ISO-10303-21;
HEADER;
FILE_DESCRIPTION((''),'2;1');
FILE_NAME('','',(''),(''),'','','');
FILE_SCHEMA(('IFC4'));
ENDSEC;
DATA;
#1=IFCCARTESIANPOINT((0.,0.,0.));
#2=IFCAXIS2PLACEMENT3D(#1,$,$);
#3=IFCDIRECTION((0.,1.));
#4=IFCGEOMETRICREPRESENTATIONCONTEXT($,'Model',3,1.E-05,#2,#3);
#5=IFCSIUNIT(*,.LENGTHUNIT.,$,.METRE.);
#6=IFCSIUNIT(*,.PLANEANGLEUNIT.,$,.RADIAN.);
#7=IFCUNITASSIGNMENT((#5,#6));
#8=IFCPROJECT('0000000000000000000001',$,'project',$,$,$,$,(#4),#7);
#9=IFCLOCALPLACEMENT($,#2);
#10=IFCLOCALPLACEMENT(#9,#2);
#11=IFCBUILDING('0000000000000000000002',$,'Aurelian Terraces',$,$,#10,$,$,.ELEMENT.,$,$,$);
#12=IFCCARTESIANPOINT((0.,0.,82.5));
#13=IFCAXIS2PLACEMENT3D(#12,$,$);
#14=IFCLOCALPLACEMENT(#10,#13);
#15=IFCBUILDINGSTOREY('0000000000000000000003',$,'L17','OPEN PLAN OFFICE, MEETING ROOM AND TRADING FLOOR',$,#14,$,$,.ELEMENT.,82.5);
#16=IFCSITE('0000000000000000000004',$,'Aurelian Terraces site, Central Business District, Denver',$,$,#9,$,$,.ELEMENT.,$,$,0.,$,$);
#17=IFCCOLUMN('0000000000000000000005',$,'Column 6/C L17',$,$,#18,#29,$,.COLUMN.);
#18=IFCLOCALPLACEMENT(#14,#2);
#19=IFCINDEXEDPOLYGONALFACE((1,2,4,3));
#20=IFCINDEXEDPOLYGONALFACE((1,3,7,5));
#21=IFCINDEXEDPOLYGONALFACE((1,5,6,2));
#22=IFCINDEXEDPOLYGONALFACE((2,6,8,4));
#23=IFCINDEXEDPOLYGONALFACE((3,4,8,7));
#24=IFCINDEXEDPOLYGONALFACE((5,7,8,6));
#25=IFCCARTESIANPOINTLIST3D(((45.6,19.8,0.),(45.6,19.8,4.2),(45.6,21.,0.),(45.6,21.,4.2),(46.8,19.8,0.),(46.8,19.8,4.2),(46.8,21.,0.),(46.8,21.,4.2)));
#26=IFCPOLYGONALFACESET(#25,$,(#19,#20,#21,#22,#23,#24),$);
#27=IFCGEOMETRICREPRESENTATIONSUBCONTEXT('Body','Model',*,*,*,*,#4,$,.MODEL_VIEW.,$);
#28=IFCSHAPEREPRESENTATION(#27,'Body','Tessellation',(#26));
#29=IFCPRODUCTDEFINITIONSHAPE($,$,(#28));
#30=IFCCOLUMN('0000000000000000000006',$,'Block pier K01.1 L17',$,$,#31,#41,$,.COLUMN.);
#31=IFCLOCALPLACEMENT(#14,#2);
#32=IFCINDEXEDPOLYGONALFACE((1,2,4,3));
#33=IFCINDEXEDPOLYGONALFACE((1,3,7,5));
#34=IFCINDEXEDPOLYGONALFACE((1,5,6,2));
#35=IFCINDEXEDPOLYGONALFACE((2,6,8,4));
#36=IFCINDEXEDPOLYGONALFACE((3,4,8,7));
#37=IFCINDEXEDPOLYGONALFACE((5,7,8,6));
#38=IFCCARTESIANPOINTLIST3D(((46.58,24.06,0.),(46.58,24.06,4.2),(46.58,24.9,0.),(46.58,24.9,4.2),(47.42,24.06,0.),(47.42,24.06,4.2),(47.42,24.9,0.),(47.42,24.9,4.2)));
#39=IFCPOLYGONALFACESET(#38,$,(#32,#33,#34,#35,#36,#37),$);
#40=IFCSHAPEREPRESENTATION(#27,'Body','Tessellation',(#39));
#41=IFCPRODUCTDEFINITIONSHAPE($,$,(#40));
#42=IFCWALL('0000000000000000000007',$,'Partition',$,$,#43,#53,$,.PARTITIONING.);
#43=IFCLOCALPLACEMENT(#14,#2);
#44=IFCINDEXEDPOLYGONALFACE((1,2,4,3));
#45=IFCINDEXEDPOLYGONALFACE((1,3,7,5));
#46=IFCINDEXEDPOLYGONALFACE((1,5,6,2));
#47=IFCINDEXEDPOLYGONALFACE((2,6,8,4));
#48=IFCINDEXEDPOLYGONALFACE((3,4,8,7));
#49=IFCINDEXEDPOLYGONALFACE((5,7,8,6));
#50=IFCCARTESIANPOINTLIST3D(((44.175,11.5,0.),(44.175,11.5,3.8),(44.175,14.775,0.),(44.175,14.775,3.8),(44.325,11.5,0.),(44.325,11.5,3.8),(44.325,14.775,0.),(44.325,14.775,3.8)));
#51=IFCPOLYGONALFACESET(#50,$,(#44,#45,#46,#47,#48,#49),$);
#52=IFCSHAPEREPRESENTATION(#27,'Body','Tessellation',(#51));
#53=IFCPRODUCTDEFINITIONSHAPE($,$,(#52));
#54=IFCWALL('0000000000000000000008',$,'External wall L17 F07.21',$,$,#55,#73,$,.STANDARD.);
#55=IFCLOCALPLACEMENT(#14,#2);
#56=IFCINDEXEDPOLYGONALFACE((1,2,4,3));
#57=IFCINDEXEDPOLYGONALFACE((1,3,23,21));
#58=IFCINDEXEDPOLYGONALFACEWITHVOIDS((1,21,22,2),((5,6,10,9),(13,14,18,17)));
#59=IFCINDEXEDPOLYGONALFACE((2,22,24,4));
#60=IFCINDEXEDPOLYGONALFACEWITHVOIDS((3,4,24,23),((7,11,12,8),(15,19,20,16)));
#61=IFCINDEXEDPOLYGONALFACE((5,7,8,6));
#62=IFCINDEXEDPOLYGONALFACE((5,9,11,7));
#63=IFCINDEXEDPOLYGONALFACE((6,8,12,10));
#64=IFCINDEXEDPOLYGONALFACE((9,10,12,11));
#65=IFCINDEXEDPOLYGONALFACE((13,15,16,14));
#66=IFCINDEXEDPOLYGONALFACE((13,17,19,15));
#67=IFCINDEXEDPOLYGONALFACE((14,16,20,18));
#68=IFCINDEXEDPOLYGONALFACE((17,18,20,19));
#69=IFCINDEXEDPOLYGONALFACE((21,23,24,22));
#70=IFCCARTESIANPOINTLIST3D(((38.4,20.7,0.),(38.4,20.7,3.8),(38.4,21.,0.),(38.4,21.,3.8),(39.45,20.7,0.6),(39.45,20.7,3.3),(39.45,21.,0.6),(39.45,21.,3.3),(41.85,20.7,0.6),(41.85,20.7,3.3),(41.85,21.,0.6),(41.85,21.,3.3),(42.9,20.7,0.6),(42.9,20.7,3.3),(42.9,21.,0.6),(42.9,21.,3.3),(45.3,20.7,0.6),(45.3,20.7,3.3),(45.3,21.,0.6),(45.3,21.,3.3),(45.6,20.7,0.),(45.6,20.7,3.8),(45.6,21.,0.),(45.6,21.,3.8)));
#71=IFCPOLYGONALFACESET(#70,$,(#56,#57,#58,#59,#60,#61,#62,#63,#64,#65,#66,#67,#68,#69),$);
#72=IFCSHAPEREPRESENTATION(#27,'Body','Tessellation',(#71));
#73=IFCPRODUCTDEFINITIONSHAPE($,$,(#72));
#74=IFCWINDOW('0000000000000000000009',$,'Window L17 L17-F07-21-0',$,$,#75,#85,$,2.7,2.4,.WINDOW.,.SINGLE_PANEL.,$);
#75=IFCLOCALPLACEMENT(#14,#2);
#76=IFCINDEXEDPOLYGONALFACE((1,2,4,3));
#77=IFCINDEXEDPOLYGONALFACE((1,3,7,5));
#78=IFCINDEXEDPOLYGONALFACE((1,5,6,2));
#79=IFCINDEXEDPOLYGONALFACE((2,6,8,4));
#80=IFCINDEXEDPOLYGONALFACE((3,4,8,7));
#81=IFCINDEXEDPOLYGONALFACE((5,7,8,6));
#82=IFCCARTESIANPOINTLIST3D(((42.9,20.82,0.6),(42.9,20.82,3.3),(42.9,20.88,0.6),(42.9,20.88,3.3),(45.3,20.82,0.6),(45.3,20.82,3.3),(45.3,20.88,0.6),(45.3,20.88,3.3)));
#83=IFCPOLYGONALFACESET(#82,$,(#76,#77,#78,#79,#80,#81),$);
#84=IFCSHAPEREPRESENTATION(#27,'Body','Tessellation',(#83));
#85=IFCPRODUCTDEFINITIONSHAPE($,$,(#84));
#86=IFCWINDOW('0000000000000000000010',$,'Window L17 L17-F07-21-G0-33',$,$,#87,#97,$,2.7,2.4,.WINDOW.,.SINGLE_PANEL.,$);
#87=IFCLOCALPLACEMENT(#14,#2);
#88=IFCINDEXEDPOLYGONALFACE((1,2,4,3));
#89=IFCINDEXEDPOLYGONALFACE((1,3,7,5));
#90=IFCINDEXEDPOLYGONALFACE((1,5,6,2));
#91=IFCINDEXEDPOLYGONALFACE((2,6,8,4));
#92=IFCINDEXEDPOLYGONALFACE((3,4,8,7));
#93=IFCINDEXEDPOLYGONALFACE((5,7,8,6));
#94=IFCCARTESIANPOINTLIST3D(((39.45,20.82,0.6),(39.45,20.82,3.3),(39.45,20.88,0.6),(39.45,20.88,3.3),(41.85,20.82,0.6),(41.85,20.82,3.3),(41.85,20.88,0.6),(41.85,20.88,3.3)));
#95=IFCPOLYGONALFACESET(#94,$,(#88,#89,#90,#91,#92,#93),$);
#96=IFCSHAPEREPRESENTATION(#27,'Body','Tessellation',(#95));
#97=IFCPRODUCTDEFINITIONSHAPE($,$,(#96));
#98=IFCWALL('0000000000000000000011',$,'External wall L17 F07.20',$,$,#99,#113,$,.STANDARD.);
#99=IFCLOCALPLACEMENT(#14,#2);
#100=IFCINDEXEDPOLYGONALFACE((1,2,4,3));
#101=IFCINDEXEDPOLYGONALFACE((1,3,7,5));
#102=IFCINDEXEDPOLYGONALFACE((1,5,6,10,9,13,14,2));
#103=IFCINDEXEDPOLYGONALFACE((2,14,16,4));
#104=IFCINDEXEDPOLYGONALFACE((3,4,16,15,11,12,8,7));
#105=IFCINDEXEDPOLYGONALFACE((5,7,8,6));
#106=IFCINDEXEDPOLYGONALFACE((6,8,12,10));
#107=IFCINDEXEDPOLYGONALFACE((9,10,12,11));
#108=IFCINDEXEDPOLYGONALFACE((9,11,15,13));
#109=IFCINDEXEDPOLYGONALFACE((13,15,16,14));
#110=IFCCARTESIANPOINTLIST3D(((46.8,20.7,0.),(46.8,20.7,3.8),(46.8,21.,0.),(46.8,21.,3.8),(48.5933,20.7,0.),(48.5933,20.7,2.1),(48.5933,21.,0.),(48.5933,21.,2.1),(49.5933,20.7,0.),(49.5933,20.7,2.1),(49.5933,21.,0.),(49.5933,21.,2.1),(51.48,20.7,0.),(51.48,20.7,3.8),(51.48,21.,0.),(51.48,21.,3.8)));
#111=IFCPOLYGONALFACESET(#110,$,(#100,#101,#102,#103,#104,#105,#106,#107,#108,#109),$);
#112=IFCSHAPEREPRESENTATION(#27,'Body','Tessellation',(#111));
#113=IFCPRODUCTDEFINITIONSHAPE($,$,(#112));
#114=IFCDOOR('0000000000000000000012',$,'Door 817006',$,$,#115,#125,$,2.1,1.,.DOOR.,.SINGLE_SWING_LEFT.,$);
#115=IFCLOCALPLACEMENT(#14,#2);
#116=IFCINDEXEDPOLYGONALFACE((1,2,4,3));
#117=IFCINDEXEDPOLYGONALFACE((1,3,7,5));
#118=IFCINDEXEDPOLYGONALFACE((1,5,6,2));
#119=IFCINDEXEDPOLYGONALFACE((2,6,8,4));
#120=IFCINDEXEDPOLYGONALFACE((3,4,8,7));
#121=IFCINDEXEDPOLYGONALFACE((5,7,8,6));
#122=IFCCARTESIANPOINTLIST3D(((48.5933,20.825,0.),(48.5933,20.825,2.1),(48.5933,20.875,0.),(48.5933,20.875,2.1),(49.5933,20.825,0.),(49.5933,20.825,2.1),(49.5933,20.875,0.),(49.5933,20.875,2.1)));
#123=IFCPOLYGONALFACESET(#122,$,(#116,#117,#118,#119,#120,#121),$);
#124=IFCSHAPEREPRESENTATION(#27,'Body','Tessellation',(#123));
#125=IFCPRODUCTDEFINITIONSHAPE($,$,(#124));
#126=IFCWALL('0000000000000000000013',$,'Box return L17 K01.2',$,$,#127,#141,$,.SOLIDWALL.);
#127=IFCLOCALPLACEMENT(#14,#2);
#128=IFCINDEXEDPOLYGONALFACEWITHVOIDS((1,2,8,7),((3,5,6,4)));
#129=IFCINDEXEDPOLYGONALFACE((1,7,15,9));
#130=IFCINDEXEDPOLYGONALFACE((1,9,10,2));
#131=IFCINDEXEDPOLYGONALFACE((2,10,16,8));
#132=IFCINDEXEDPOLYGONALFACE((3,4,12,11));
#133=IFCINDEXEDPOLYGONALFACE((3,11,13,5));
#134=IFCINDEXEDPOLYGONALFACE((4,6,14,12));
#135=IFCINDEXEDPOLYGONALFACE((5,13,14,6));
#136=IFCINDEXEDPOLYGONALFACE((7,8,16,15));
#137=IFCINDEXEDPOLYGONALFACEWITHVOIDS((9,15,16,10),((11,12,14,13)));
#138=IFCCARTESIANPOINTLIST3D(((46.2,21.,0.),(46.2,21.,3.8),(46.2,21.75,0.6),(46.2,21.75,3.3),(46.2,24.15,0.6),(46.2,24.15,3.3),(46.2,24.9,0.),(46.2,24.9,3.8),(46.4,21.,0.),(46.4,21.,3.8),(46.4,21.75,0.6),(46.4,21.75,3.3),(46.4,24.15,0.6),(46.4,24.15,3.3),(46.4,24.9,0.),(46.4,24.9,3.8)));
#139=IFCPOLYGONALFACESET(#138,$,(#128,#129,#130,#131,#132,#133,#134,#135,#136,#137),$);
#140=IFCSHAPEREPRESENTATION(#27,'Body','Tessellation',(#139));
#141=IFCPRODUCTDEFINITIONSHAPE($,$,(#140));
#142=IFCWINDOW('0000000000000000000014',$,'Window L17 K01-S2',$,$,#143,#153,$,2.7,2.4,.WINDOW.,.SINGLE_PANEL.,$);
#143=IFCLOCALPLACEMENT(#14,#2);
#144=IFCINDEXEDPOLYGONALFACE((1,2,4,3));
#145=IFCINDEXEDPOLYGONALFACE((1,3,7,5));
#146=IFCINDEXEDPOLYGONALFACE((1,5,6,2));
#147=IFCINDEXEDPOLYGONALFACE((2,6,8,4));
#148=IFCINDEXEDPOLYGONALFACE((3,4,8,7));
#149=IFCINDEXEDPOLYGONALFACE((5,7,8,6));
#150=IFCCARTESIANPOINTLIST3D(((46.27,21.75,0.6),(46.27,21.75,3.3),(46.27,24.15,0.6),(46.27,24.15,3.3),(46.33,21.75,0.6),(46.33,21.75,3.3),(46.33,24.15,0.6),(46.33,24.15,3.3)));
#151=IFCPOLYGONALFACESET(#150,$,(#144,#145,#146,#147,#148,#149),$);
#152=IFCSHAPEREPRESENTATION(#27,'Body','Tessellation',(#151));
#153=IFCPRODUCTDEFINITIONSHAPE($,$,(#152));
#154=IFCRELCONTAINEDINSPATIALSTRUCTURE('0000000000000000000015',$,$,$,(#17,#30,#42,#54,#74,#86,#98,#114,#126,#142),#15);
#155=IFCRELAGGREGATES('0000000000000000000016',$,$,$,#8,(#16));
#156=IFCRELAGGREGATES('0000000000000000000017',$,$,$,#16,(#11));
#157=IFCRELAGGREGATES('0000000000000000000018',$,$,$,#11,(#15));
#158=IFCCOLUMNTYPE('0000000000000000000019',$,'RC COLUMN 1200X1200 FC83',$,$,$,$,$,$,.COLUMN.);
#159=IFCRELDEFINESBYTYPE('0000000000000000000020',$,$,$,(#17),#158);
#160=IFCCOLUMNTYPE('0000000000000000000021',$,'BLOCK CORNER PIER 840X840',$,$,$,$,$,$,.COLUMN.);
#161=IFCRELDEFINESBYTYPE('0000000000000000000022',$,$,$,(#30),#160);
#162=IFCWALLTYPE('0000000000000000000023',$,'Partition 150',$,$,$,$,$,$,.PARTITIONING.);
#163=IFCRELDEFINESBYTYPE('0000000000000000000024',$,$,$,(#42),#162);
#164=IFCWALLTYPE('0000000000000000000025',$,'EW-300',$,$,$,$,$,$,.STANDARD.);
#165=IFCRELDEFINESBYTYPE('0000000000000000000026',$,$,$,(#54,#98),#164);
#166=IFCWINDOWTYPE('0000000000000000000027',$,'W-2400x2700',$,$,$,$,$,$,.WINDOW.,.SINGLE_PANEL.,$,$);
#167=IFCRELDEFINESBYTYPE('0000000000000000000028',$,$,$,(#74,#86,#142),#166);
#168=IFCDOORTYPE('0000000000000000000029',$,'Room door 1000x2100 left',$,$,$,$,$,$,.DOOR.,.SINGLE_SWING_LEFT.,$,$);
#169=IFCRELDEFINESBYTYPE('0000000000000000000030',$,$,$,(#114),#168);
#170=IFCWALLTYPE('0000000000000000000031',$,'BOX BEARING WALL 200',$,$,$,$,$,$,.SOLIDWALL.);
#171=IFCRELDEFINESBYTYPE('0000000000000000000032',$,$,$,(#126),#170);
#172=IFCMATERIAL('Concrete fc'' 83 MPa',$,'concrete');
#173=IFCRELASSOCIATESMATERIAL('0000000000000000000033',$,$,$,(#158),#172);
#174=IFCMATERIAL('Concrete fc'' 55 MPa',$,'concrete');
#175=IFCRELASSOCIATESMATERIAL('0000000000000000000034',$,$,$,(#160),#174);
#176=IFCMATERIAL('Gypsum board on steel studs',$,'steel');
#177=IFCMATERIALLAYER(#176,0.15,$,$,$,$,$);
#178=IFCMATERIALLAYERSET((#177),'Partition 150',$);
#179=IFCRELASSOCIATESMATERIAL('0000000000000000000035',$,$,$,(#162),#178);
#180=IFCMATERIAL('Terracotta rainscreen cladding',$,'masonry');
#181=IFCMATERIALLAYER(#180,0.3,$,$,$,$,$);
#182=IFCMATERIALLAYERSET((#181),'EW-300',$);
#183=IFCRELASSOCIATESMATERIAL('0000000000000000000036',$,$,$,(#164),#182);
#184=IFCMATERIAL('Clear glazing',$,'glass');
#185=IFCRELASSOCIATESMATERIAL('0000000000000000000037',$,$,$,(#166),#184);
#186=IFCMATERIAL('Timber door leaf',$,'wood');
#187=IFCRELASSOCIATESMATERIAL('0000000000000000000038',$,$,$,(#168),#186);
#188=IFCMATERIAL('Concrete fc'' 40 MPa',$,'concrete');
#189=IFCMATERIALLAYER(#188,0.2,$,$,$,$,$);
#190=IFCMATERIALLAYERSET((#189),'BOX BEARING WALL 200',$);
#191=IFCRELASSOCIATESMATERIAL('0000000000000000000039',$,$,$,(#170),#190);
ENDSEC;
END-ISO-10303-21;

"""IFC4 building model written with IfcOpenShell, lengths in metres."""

from ifc_helpers import new_model, si_unit, direction, frame, frame_2d, origin, origin_2d, place, context, subcontext, project, spatial, rectangle, extrude, source, transform, mapped, material, layer, layer_set, material_profile, profile_set, type_object, element, fill, save


model = new_model("IFC4")

# Units and contexts
model_context = context("Model", 3, precision=1e-05, world=origin(), true_north=direction((0.0, 1.0)))
body_context = subcontext(model_context, "Body", "Model", "MODEL_VIEW")
ifc_project = project(units=[si_unit("LENGTHUNIT", "METRE"), si_unit("PLANEANGLEUNIT", "RADIAN")], contexts=[model_context])

# Site, building, storey
site_placement = place(None, origin())
site = spatial("IfcSite", under=ifc_project, at=site_placement, Name="Aurelian Terraces site, Central Business District, Denver", CompositionType="ELEMENT", RefElevation=0.0)
building_placement = place(site_placement, origin())
building = spatial("IfcBuilding", under=site, at=building_placement, Name="Aurelian Terraces", CompositionType="ELEMENT")
storey_placement = place(building_placement, frame((0.0, 0.0, 82.5)))
storey = spatial("IfcBuildingStorey", under=building, at=storey_placement, Name="L17", Description="OPEN PLAN OFFICE, MEETING ROOM AND TRADING FLOOR", CompositionType="ELEMENT", Elevation=82.5)

# Columns
ifc_material_1 = material(Name="Concrete fc' 83 MPa", Category="concrete")
ifc_material_profile_1 = material_profile(ifc_material_1, rectangle(XDim=1.2, YDim=1.2, at=origin_2d()))
ifc_profile_set_1 = profile_set([ifc_material_profile_1], Name="Concrete fc' 83 MPa")
column_type_1 = type_object("IfcColumnType", Name="RC COLUMN 1200X1200 FC83", PredefinedType="COLUMN", material=ifc_profile_set_1)
shared_shape_1 = source(origin(), body_context, "Body", "SweptSolid", [
    extrude(rectangle(XDim=1.2, YDim=1.2, at=origin_2d()), origin(), (0.0, 0.0, 1.0), 4.2),
])
column_1_placement = place(storey_placement, frame((46.2, 20.4, 0.0), z_axis=(0.0, 0.0, 1.0), x_axis=(1.0, 0.0, 0.0)))
element("IfcColumn", 1, at=column_1_placement, inside=storey, type_object=column_type_1, Name="Column 6/C L17", PredefinedType="COLUMN", context=body_context, shape_type="MappedRepresentation", body=[
    mapped(shared_shape_1, transform((0.0, 0.0, 0.0), scale=1.0)),
])
ifc_material_2 = material(Name="Concrete fc' 55 MPa", Category="concrete")
ifc_material_profile_2 = material_profile(ifc_material_2, rectangle(XDim=0.84, YDim=0.84, at=origin_2d()))
ifc_profile_set_2 = profile_set([ifc_material_profile_2], Name="Concrete fc' 55 MPa")
column_type_2 = type_object("IfcColumnType", Name="BLOCK CORNER PIER 840X840", PredefinedType="COLUMN", material=ifc_profile_set_2)
shared_shape_2 = source(origin(), body_context, "Body", "SweptSolid", [
    extrude(rectangle(XDim=0.84, YDim=0.84, at=origin_2d()), origin(), (0.0, 0.0, 1.0), 4.2),
])
column_2_placement = place(storey_placement, frame((47.0, 24.48, 0.0), z_axis=(0.0, 0.0, 1.0), x_axis=(1.0, 0.0, 0.0)))
element("IfcColumn", 2, at=column_2_placement, inside=storey, type_object=column_type_2, Name="Block pier K01.1 L17", PredefinedType="COLUMN", context=body_context, shape_type="MappedRepresentation", body=[
    mapped(shared_shape_2, transform((0.0, 0.0, 0.0), scale=1.0)),
])

# Wall
ifc_material_3 = material(Name="Gypsum board on steel studs", Category="steel")
ifc_layer_1 = layer(ifc_material_3, 0.15)
ifc_layer_set_1 = layer_set([ifc_layer_1], Name="Partition 150")
wall_type_1 = type_object("IfcWallType", Name="Partition 150", PredefinedType="PARTITIONING", material=ifc_layer_set_1)
wall_1_placement = place(storey_placement, frame((44.25, 11.5, 0.0), z_axis=(0.0, 0.0, 1.0), x_axis=(0.0, 1.0, 0.0)))
element("IfcWall", 3, at=wall_1_placement, inside=storey, type_object=wall_type_1, Name="Partition", PredefinedType="PARTITIONING", context=body_context, shape_type="SweptSolid", body=[
    extrude(rectangle(XDim=3.275, YDim=0.15, at=frame_2d((1.6375, 0.0))), origin(), (0.0, 0.0, 1.0), 3.8),
])

# Wall, openings, windows
ifc_material_4 = material(Name="Terracotta rainscreen cladding", Category="masonry")
ifc_layer_2 = layer(ifc_material_4, 0.3)
ifc_layer_set_2 = layer_set([ifc_layer_2], Name="EW-300")
wall_type_2 = type_object("IfcWallType", Name="EW-300", PredefinedType="STANDARD", material=ifc_layer_set_2)
shared_shape_3 = source(origin(), body_context, "Body", "SweptSolid", [
    extrude(rectangle(XDim=7.2, YDim=0.3, at=frame_2d((3.6, 0.0))), origin(), (0.0, 0.0, 1.0), 3.8),
])
wall_2_placement = place(storey_placement, frame((45.6, 20.85, 0.0), z_axis=(0.0, 0.0, 1.0), x_axis=(-1.0, 0.0, 0.0)))
wall_2 = element("IfcWall", 4, at=wall_2_placement, inside=storey, type_object=wall_type_2, Name="External wall L17 F07.21", PredefinedType="STANDARD", context=body_context, shape_type="MappedRepresentation", body=[
    mapped(shared_shape_3, transform((0.0, 0.0, 0.0), scale=1.0)),
])
shared_shape_4 = source(origin(), body_context, "Body", "SweptSolid", [
    extrude(rectangle(XDim=2.4, YDim=2.7, at=frame_2d((1.2, 1.35))), frame((0.0, 0.16, 0.0), z_axis=(0.0, -1.0, 0.0), x_axis=(1.0, 0.0, 0.0)), (0.0, 0.0, 1.0), 0.32),
])
opening_1_placement = place(wall_2_placement, frame((0.3, 0.0, 0.6)))
opening_1 = element("IfcOpeningElement", 5, at=opening_1_placement, cuts=wall_2, PredefinedType="OPENING", context=body_context, shape_type="MappedRepresentation", body=[
    mapped(shared_shape_4, transform((0.0, 0.0, 0.0), scale=1.0)),
])
opening_2_placement = place(wall_2_placement, frame((3.75, 0.0, 0.6)))
opening_2 = element("IfcOpeningElement", 6, at=opening_2_placement, cuts=wall_2, PredefinedType="OPENING", context=body_context, shape_type="MappedRepresentation", body=[
    mapped(shared_shape_4, transform((0.0, 0.0, 0.0), scale=1.0)),
])
ifc_material_5 = material(Name="Clear glazing", Category="glass")
window_type = type_object("IfcWindowType", Name="W-2400x2700", PartitioningType="SINGLE_PANEL", PredefinedType="WINDOW", material=ifc_material_5)
shared_shape_5 = source(origin(), body_context, "Body", "SweptSolid", [
    extrude(rectangle(XDim=2.4, YDim=2.7, at=frame_2d((1.2, 1.35))), frame((0.0, 0.03, 0.0), z_axis=(0.0, -1.0, 0.0), x_axis=(1.0, 0.0, 0.0)), (0.0, 0.0, 1.0), 0.06),
])
window_1_placement = place(opening_1_placement, origin())
window_1 = element("IfcWindow", 7, at=window_1_placement, inside=storey, type_object=window_type, Name="Window L17 L17-F07-21-0", OverallHeight=2.7, OverallWidth=2.4, PartitioningType="SINGLE_PANEL", PredefinedType="WINDOW", context=body_context, shape_type="MappedRepresentation", body=[
    mapped(shared_shape_5, transform((0.0, 0.0, 0.0), scale=1.0)),
])
fill(opening_1, window_1)
window_2_placement = place(opening_2_placement, origin())
window_2 = element("IfcWindow", 8, at=window_2_placement, inside=storey, type_object=window_type, Name="Window L17 L17-F07-21-G0-33", OverallHeight=2.7, OverallWidth=2.4, PartitioningType="SINGLE_PANEL", PredefinedType="WINDOW", context=body_context, shape_type="MappedRepresentation", body=[
    mapped(shared_shape_5, transform((0.0, 0.0, 0.0), scale=1.0)),
])
fill(opening_2, window_2)

# Wall, opening, door
shared_shape_6 = source(origin(), body_context, "Body", "SweptSolid", [
    extrude(rectangle(XDim=4.68, YDim=0.3, at=frame_2d((2.34, 0.0))), origin(), (0.0, 0.0, 1.0), 3.8),
])
wall_3_placement = place(storey_placement, frame((51.48, 20.85, 0.0), z_axis=(0.0, 0.0, 1.0), x_axis=(-1.0, 0.0, 0.0)))
wall_3 = element("IfcWall", 9, at=wall_3_placement, inside=storey, type_object=wall_type_2, Name="External wall L17 F07.20", PredefinedType="STANDARD", context=body_context, shape_type="MappedRepresentation", body=[
    mapped(shared_shape_6, transform((0.0, 0.0, 0.0), scale=1.0)),
])
shared_shape_7 = source(origin(), body_context, "Body", "SweptSolid", [
    extrude(rectangle(XDim=1.0, YDim=2.1, at=frame_2d((0.5, 1.05))), frame((0.0, 0.16, 0.0), z_axis=(0.0, -1.0, 0.0), x_axis=(1.0, 0.0, 0.0)), (0.0, 0.0, 1.0), 0.32),
])
opening_3_placement = place(wall_3_placement, frame((1.8867, 0.0, 0.0)))
opening_3 = element("IfcOpeningElement", 10, at=opening_3_placement, cuts=wall_3, PredefinedType="OPENING", context=body_context, shape_type="MappedRepresentation", body=[
    mapped(shared_shape_7, transform((0.0, 0.0, 0.0), scale=1.0)),
])
ifc_material_6 = material(Name="Timber door leaf", Category="wood")
door_type_1 = type_object("IfcDoorType", Name="Room door 1000x2100 left", OperationType="SINGLE_SWING_LEFT", PredefinedType="DOOR", material=ifc_material_6)
shared_shape_8 = source(origin(), body_context, "Body", "SweptSolid", [
    extrude(rectangle(XDim=1.0, YDim=2.1, at=frame_2d((0.5, 1.05))), frame((0.0, 0.025, 0.0), z_axis=(0.0, -1.0, 0.0), x_axis=(1.0, 0.0, 0.0)), (0.0, 0.0, 1.0), 0.05),
])
door_1_placement = place(opening_3_placement, origin())
door_1 = element("IfcDoor", 11, at=door_1_placement, inside=storey, type_object=door_type_1, Name="Door 817006", OperationType="SINGLE_SWING_LEFT", OverallHeight=2.1, OverallWidth=1.0, PredefinedType="DOOR", context=body_context, shape_type="MappedRepresentation", body=[
    mapped(shared_shape_8, transform((0.0, 0.0, 0.0), scale=1.0)),
])
fill(opening_3, door_1)

# Wall, opening, window
ifc_material_7 = material(Name="Concrete fc' 40 MPa", Category="concrete")
ifc_layer_3 = layer(ifc_material_7, 0.2)
ifc_layer_set_3 = layer_set([ifc_layer_3], Name="BOX BEARING WALL 200")
wall_type_3 = type_object("IfcWallType", Name="BOX BEARING WALL 200", PredefinedType="SOLIDWALL", material=ifc_layer_set_3)
shared_shape_9 = source(origin(), body_context, "Body", "SweptSolid", [
    extrude(rectangle(XDim=3.9, YDim=0.2, at=frame_2d((1.95, 0.0))), origin(), (0.0, 0.0, 1.0), 3.8),
])
wall_4_placement = place(storey_placement, frame((46.3, 21.0, 0.0), z_axis=(0.0, 0.0, 1.0), x_axis=(0.0, 1.0, 0.0)))
wall_4 = element("IfcWall", 12, at=wall_4_placement, inside=storey, type_object=wall_type_3, Name="Box return L17 K01.2", PredefinedType="SOLIDWALL", context=body_context, shape_type="MappedRepresentation", body=[
    mapped(shared_shape_9, transform((0.0, 0.0, 0.0), scale=1.0)),
])
shared_shape_10 = source(origin(), body_context, "Body", "SweptSolid", [
    extrude(rectangle(XDim=2.4, YDim=2.7, at=frame_2d((1.2, 1.35))), frame((0.0, 0.11, 0.0), z_axis=(0.0, -1.0, 0.0), x_axis=(1.0, 0.0, 0.0)), (0.0, 0.0, 1.0), 0.22),
])
opening_4_placement = place(wall_4_placement, frame((0.75, 0.0, 0.6)))
opening_4 = element("IfcOpeningElement", 13, at=opening_4_placement, cuts=wall_4, PredefinedType="OPENING", context=body_context, shape_type="MappedRepresentation", body=[
    mapped(shared_shape_10, transform((0.0, 0.0, 0.0), scale=1.0)),
])
window_3_placement = place(opening_4_placement, origin())
window_3 = element("IfcWindow", 14, at=window_3_placement, inside=storey, type_object=window_type, Name="Window L17 K01-S2", OverallHeight=2.7, OverallWidth=2.4, PartitioningType="SINGLE_PANEL", PredefinedType="WINDOW", context=body_context, shape_type="MappedRepresentation", body=[
    mapped(shared_shape_5, transform((0.0, 0.0, 0.0), scale=1.0)),
])
fill(opening_4, window_3)

save(model, "model.ifc")
